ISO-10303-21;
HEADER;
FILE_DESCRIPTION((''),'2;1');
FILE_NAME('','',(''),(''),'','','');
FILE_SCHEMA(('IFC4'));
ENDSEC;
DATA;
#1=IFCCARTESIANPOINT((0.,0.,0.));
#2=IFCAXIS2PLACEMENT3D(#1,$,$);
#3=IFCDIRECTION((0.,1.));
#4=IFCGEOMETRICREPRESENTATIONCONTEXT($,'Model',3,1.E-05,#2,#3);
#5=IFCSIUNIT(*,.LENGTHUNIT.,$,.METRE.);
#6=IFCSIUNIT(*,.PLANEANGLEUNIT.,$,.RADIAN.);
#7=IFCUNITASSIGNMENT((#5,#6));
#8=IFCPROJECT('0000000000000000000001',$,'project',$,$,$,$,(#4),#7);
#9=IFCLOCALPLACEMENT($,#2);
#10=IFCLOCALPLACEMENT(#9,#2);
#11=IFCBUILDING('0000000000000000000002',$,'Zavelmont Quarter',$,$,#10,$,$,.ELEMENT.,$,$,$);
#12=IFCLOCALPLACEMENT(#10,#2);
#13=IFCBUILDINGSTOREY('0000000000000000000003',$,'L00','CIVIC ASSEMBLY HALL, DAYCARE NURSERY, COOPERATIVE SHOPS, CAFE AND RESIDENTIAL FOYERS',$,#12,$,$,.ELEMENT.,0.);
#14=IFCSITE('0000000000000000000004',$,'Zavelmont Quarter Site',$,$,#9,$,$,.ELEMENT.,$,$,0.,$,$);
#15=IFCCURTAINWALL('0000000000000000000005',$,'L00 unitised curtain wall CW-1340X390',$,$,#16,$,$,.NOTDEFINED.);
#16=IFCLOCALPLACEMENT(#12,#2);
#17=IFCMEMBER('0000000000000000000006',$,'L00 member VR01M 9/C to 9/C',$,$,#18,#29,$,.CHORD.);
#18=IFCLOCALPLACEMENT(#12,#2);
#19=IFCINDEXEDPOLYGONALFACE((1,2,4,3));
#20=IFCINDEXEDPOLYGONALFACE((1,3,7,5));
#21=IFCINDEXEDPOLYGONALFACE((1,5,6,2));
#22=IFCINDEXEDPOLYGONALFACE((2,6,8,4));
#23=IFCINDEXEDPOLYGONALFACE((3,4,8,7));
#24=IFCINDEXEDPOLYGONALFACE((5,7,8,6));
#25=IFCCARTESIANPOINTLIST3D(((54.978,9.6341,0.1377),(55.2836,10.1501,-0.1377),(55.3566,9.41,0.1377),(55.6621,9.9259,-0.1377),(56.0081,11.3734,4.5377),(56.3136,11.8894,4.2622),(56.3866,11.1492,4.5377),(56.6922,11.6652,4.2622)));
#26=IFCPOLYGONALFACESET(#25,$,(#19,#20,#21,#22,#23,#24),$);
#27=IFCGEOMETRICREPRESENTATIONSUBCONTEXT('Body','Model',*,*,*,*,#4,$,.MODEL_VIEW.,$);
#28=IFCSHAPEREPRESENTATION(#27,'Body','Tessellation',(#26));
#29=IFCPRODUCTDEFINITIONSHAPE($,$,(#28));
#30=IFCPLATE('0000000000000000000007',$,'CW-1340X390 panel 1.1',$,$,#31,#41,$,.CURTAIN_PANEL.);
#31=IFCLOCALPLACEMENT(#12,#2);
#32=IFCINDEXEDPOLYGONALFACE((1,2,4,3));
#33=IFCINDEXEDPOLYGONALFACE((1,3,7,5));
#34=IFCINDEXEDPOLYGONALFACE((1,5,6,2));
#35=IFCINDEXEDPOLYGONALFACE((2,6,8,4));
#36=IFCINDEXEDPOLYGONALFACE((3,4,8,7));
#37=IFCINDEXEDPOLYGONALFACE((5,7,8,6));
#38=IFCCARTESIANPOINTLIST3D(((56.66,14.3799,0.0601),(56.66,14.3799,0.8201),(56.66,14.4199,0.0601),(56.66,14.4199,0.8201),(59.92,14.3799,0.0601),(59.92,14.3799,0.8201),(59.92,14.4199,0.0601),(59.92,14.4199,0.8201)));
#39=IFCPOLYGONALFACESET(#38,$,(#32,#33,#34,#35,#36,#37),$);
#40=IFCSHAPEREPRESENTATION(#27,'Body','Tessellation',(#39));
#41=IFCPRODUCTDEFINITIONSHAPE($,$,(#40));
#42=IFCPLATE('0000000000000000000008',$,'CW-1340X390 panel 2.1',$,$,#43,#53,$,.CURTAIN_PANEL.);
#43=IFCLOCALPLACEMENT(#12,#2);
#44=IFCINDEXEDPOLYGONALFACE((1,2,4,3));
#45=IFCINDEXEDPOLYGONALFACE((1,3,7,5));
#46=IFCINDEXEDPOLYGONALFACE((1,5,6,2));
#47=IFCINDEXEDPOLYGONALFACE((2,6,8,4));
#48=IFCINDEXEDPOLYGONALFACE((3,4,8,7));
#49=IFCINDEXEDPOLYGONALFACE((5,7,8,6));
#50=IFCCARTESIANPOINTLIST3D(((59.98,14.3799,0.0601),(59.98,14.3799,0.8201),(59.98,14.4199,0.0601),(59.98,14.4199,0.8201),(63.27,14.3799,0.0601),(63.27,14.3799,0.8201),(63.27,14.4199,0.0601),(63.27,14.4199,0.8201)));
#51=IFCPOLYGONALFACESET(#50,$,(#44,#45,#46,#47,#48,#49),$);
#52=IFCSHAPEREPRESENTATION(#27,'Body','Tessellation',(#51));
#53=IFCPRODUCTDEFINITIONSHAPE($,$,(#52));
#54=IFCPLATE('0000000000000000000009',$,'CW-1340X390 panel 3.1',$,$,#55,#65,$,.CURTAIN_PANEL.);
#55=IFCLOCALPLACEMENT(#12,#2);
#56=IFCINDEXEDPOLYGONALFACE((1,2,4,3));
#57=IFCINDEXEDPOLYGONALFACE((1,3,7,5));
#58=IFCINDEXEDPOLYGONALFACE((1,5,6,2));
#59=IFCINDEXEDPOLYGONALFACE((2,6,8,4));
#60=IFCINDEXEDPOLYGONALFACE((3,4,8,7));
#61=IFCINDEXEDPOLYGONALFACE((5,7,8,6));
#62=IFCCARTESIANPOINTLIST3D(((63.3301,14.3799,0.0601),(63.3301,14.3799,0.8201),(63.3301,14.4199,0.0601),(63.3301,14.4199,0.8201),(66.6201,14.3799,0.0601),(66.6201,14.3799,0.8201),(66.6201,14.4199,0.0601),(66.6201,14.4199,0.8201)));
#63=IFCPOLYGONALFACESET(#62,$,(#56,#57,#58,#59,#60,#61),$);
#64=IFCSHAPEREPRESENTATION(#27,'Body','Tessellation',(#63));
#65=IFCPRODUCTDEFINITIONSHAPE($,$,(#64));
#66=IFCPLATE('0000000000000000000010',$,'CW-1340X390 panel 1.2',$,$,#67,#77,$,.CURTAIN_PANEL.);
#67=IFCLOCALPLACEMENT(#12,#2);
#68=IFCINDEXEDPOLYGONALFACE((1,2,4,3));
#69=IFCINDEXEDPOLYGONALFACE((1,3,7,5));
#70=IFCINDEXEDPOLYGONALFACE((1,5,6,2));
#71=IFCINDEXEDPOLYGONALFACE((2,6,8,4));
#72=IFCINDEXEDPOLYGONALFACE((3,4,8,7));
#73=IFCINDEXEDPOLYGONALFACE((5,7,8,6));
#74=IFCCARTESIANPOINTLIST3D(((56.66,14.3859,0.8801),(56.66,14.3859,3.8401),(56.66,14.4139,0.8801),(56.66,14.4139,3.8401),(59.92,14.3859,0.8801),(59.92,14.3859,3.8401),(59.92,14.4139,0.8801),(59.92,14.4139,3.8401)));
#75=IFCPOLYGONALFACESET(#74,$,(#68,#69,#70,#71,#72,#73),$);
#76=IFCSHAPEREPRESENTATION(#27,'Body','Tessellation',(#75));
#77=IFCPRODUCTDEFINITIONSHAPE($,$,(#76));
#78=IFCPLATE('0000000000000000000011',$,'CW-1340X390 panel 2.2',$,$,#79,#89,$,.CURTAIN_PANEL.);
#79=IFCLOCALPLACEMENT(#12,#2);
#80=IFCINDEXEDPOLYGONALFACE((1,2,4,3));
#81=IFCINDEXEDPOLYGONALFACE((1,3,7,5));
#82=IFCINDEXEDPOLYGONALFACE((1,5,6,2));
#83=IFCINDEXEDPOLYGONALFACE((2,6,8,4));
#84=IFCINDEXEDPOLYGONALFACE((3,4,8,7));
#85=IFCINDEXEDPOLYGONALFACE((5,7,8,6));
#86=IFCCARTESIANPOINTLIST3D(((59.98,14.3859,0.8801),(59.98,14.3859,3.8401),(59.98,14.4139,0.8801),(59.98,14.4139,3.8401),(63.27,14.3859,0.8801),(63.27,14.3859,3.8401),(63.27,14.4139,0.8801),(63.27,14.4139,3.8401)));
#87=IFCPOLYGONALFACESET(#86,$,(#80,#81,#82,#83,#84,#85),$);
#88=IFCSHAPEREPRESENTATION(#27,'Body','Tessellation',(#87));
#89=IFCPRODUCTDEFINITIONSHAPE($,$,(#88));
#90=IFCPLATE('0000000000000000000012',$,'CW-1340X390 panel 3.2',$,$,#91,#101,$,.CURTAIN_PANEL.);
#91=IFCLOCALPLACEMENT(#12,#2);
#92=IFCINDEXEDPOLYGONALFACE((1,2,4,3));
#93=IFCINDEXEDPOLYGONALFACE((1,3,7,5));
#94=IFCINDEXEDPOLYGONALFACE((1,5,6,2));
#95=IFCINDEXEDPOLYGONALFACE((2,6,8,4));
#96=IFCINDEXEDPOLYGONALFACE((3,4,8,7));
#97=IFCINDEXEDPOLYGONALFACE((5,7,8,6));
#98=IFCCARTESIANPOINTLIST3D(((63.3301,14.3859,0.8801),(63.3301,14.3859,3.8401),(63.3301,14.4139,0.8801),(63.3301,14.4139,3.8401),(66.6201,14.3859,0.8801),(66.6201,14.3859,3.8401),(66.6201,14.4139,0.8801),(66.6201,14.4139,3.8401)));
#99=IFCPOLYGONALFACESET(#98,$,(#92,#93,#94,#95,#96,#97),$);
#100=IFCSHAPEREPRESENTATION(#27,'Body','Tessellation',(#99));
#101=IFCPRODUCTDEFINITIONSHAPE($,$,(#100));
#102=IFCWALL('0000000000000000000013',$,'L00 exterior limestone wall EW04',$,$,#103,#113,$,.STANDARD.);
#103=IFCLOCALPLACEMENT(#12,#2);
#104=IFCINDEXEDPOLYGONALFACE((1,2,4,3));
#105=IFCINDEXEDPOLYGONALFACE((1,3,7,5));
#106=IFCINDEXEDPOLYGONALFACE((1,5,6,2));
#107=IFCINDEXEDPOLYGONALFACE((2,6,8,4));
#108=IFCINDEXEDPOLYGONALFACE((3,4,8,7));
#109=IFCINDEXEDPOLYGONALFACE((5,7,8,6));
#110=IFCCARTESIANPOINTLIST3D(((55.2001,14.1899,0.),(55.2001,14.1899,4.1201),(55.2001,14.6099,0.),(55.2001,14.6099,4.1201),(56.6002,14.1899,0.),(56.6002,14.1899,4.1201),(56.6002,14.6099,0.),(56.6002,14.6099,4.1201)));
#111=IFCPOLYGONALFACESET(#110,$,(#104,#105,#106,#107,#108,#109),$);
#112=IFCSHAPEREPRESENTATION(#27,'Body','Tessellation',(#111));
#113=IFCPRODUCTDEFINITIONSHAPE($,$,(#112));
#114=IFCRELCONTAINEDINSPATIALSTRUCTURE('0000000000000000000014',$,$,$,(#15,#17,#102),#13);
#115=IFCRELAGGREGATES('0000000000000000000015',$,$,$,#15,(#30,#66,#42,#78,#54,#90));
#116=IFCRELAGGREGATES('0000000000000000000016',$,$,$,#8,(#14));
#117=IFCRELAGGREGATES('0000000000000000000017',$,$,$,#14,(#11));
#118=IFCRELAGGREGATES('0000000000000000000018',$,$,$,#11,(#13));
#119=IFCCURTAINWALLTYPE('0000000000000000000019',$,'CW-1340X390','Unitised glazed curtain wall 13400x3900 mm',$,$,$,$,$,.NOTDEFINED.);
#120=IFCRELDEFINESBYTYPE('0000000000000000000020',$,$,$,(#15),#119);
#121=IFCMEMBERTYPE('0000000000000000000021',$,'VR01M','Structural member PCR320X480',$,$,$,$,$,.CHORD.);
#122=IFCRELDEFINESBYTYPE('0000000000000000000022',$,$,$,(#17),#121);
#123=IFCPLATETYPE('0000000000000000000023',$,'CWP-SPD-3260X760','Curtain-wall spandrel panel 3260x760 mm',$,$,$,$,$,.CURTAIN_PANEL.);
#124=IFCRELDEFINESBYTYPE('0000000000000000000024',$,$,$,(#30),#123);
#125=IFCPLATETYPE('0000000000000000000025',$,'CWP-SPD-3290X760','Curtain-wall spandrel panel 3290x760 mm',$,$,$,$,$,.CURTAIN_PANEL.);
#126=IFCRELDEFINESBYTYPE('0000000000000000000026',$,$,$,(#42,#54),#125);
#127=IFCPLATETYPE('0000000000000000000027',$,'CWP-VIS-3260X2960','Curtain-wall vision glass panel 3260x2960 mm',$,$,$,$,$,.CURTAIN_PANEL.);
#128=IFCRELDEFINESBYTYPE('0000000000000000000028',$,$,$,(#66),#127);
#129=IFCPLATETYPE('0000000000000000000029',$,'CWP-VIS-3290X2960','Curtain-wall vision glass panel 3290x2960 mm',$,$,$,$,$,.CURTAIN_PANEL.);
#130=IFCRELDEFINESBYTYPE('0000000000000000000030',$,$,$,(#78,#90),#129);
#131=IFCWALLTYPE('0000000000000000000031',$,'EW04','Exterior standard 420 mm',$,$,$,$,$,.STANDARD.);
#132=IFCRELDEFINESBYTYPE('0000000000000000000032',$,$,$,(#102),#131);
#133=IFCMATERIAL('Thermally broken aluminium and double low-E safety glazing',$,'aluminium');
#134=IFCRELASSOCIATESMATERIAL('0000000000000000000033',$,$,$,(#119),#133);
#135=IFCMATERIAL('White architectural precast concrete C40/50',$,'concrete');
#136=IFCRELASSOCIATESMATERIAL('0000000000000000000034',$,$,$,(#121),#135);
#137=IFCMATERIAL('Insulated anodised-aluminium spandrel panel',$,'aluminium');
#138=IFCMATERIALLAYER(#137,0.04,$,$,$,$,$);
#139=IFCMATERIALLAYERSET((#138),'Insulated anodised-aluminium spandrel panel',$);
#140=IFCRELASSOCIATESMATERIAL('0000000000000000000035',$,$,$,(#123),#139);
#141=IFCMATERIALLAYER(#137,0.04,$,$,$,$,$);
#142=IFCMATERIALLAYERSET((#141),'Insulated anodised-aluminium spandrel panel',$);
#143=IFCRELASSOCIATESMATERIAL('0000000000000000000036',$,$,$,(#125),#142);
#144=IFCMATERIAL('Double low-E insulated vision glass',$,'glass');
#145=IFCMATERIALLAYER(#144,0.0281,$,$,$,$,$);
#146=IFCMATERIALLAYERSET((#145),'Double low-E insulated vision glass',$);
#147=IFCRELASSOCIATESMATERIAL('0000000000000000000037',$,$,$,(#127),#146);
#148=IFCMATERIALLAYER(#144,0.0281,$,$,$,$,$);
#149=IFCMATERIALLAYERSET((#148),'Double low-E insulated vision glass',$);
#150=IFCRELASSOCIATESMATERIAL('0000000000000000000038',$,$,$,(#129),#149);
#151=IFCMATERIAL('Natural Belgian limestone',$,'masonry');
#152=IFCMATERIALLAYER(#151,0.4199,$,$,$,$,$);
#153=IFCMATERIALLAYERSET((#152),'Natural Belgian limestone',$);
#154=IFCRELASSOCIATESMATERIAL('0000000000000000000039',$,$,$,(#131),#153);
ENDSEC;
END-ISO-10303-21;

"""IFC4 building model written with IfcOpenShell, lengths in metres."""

from ifc_helpers import new_model, si_unit, direction, frame, frame_2d, origin, origin_2d, place, context, subcontext, project, spatial, rectangle, extrude, material, layer, layer_set, material_profile, profile_set, type_object, element, aggregate, save


model = new_model("IFC4")

# Units and contexts
model_context = context("Model", 3, precision=1e-05, world=origin(), true_north=direction((0.0, 1.0)))
body_context = subcontext(model_context, "Body", "Model", "MODEL_VIEW")
ifc_project = project(units=[si_unit("LENGTHUNIT", "METRE"), si_unit("PLANEANGLEUNIT", "RADIAN")], contexts=[model_context])

# Site, building, storey
site_placement = place(None, origin())
site = spatial("IfcSite", under=ifc_project, at=site_placement, Name="Zavelmont Quarter Site", CompositionType="ELEMENT", RefElevation=0.0)
building_placement = place(site_placement, origin())
building = spatial("IfcBuilding", under=site, at=building_placement, Name="Zavelmont Quarter", CompositionType="ELEMENT")
storey_placement = place(building_placement, origin())
storey = spatial("IfcBuildingStorey", under=building, at=storey_placement, Name="L00", Description="CIVIC ASSEMBLY HALL, DAYCARE NURSERY, COOPERATIVE SHOPS, CAFE AND RESIDENTIAL FOYERS", CompositionType="ELEMENT", Elevation=0.0)

# Curtain wall
ifc_material_1 = material(Name="Thermally broken aluminium and double low-E safety glazing", Category="aluminium")
curtain_wall_type = type_object("IfcCurtainWallType", Name="CW-1340X390", Description="Unitised glazed curtain wall 13400x3900 mm", PredefinedType="NOTDEFINED", material=ifc_material_1)
curtain_wall_placement = place(storey_placement, origin())
curtain_wall = element("IfcCurtainWall", 1, at=curtain_wall_placement, inside=storey, type_object=curtain_wall_type, Name="L00 unitised curtain wall CW-1340X390", PredefinedType="NOTDEFINED")

# Member
ifc_material_2 = material(Name="White architectural precast concrete C40/50", Category="concrete")
ifc_material_profile_1 = material_profile(ifc_material_2, rectangle(XDim=0.4399, YDim=0.6599, at=origin_2d()), Name="PCR320X480")
ifc_profile_set_1 = profile_set([ifc_material_profile_1], Name="White architectural precast concrete C40/50")
member_type_1 = type_object("IfcMemberType", Name="VR01M", Description="Structural member PCR320X480", PredefinedType="CHORD", material=ifc_profile_set_1)
for number, where, z_axis, x_axis, name in (
    (2, (55.3201, 9.78, 0.0), (0.212727, 0.359201, 0.908692), (-0.860431, 0.509567, 0.0), "L00 member VR01M 9/C to 9/C"),
):
    element("IfcMember", number, at=place(storey_placement, frame(where, z_axis=z_axis, x_axis=x_axis)), inside=storey, type_object=member_type_1, Name=name, PredefinedType="CHORD", context=body_context, shape_type="SweptSolid", body=[
        extrude(rectangle(XDim=0.4399, YDim=0.6599, at=origin_2d()), origin(), (0.0, 0.0, 1.0), 4.842),
    ])

# Plates
ifc_material_3 = material(Name="Insulated anodised-aluminium spandrel panel", Category="aluminium")
ifc_layer_1 = layer(ifc_material_3, 0.04)
ifc_layer_set_1 = layer_set([ifc_layer_1], Name="Insulated anodised-aluminium spandrel panel")
plate_type_1 = type_object("IfcPlateType", Name="CWP-SPD-3260X760", Description="Curtain-wall spandrel panel 3260x760 mm", PredefinedType="CURTAIN_PANEL", material=ifc_layer_set_1)
plate_1_placement = place(storey_placement, frame((58.29, 14.3999, 0.0601), z_axis=(0.0, 0.0, 1.0), x_axis=(1.0, 0.0, 0.0)))
plate_1 = element("IfcPlate", 3, at=plate_1_placement, type_object=plate_type_1, Name="CW-1340X390 panel 1.1", PredefinedType="CURTAIN_PANEL", context=body_context, shape_type="SweptSolid", body=[
    extrude(rectangle(XDim=3.26, YDim=0.04, at=origin_2d()), origin(), (0.0, 0.0, 1.0), 0.76),
])
ifc_layer_2 = layer(ifc_material_3, 0.04)
ifc_layer_set_2 = layer_set([ifc_layer_2], Name="Insulated anodised-aluminium spandrel panel")
plate_type_2 = type_object("IfcPlateType", Name="CWP-SPD-3290X760", Description="Curtain-wall spandrel panel 3290x760 mm", PredefinedType="CURTAIN_PANEL", material=ifc_layer_set_2)
plate_2_placement = place(storey_placement, frame((61.625, 14.3999, 0.0601), z_axis=(0.0, 0.0, 1.0), x_axis=(1.0, 0.0, 0.0)))
plate_2 = element("IfcPlate", 4, at=plate_2_placement, type_object=plate_type_2, Name="CW-1340X390 panel 2.1", PredefinedType="CURTAIN_PANEL", context=body_context, shape_type="SweptSolid", body=[
    extrude(rectangle(XDim=3.29, YDim=0.04, at=origin_2d()), origin(), (0.0, 0.0, 1.0), 0.76),
])
plate_3_placement = place(storey_placement, frame((64.9751, 14.3999, 0.0601), z_axis=(0.0, 0.0, 1.0), x_axis=(1.0, 0.0, 0.0)))
plate_3 = element("IfcPlate", 5, at=plate_3_placement, type_object=plate_type_2, Name="CW-1340X390 panel 3.1", PredefinedType="CURTAIN_PANEL", context=body_context, shape_type="SweptSolid", body=[
    extrude(rectangle(XDim=3.29, YDim=0.04, at=origin_2d()), origin(), (0.0, 0.0, 1.0), 0.76),
])
ifc_material_4 = material(Name="Double low-E insulated vision glass", Category="glass")
ifc_layer_3 = layer(ifc_material_4, 0.0281)
ifc_layer_set_3 = layer_set([ifc_layer_3], Name="Double low-E insulated vision glass")
plate_type_3 = type_object("IfcPlateType", Name="CWP-VIS-3260X2960", Description="Curtain-wall vision glass panel 3260x2960 mm", PredefinedType="CURTAIN_PANEL", material=ifc_layer_set_3)
plate_4_placement = place(storey_placement, frame((58.29, 14.3999, 0.8801), z_axis=(0.0, 0.0, 1.0), x_axis=(1.0, 0.0, 0.0)))
plate_4 = element("IfcPlate", 6, at=plate_4_placement, type_object=plate_type_3, Name="CW-1340X390 panel 1.2", PredefinedType="CURTAIN_PANEL", context=body_context, shape_type="SweptSolid", body=[
    extrude(rectangle(XDim=3.26, YDim=0.0281, at=origin_2d()), origin(), (0.0, 0.0, 1.0), 2.96),
])
ifc_layer_4 = layer(ifc_material_4, 0.0281)
ifc_layer_set_4 = layer_set([ifc_layer_4], Name="Double low-E insulated vision glass")
plate_type_4 = type_object("IfcPlateType", Name="CWP-VIS-3290X2960", Description="Curtain-wall vision glass panel 3290x2960 mm", PredefinedType="CURTAIN_PANEL", material=ifc_layer_set_4)
plate_5_placement = place(storey_placement, frame((61.625, 14.3999, 0.8801), z_axis=(0.0, 0.0, 1.0), x_axis=(1.0, 0.0, 0.0)))
plate_5 = element("IfcPlate", 7, at=plate_5_placement, type_object=plate_type_4, Name="CW-1340X390 panel 2.2", PredefinedType="CURTAIN_PANEL", context=body_context, shape_type="SweptSolid", body=[
    extrude(rectangle(XDim=3.29, YDim=0.0281, at=origin_2d()), origin(), (0.0, 0.0, 1.0), 2.96),
])
plate_6_placement = place(storey_placement, frame((64.9751, 14.3999, 0.8801), z_axis=(0.0, 0.0, 1.0), x_axis=(1.0, 0.0, 0.0)))
plate_6 = element("IfcPlate", 8, at=plate_6_placement, type_object=plate_type_4, Name="CW-1340X390 panel 3.2", PredefinedType="CURTAIN_PANEL", context=body_context, shape_type="SweptSolid", body=[
    extrude(rectangle(XDim=3.29, YDim=0.0281, at=origin_2d()), origin(), (0.0, 0.0, 1.0), 2.96),
])
aggregate(curtain_wall, [plate_1, plate_4, plate_2, plate_5, plate_3, plate_6])

# Wall
ifc_material_5 = material(Name="Natural Belgian limestone", Category="masonry")
ifc_layer_5 = layer(ifc_material_5, 0.4199)
ifc_layer_set_5 = layer_set([ifc_layer_5], Name="Natural Belgian limestone")
wall_type = type_object("IfcWallType", Name="EW04", Description="Exterior standard 420 mm", PredefinedType="STANDARD", material=ifc_layer_set_5)
wall_placement = place(storey_placement, frame((55.2, 14.3999, 0.0), z_axis=(0.0, 0.0, 1.0), x_axis=(1.0, 0.0, 0.0)))
element("IfcWall", 9, at=wall_placement, inside=storey, type_object=wall_type, Name="L00 exterior limestone wall EW04", PredefinedType="STANDARD", context=body_context, shape_type="SweptSolid", body=[
    extrude(rectangle(XDim=1.4001, YDim=0.4199, at=frame_2d((0.7002, 0.0))), origin(), (0.0, 0.0, 1.0), 4.1201),
])

save(model, "model.ifc")
